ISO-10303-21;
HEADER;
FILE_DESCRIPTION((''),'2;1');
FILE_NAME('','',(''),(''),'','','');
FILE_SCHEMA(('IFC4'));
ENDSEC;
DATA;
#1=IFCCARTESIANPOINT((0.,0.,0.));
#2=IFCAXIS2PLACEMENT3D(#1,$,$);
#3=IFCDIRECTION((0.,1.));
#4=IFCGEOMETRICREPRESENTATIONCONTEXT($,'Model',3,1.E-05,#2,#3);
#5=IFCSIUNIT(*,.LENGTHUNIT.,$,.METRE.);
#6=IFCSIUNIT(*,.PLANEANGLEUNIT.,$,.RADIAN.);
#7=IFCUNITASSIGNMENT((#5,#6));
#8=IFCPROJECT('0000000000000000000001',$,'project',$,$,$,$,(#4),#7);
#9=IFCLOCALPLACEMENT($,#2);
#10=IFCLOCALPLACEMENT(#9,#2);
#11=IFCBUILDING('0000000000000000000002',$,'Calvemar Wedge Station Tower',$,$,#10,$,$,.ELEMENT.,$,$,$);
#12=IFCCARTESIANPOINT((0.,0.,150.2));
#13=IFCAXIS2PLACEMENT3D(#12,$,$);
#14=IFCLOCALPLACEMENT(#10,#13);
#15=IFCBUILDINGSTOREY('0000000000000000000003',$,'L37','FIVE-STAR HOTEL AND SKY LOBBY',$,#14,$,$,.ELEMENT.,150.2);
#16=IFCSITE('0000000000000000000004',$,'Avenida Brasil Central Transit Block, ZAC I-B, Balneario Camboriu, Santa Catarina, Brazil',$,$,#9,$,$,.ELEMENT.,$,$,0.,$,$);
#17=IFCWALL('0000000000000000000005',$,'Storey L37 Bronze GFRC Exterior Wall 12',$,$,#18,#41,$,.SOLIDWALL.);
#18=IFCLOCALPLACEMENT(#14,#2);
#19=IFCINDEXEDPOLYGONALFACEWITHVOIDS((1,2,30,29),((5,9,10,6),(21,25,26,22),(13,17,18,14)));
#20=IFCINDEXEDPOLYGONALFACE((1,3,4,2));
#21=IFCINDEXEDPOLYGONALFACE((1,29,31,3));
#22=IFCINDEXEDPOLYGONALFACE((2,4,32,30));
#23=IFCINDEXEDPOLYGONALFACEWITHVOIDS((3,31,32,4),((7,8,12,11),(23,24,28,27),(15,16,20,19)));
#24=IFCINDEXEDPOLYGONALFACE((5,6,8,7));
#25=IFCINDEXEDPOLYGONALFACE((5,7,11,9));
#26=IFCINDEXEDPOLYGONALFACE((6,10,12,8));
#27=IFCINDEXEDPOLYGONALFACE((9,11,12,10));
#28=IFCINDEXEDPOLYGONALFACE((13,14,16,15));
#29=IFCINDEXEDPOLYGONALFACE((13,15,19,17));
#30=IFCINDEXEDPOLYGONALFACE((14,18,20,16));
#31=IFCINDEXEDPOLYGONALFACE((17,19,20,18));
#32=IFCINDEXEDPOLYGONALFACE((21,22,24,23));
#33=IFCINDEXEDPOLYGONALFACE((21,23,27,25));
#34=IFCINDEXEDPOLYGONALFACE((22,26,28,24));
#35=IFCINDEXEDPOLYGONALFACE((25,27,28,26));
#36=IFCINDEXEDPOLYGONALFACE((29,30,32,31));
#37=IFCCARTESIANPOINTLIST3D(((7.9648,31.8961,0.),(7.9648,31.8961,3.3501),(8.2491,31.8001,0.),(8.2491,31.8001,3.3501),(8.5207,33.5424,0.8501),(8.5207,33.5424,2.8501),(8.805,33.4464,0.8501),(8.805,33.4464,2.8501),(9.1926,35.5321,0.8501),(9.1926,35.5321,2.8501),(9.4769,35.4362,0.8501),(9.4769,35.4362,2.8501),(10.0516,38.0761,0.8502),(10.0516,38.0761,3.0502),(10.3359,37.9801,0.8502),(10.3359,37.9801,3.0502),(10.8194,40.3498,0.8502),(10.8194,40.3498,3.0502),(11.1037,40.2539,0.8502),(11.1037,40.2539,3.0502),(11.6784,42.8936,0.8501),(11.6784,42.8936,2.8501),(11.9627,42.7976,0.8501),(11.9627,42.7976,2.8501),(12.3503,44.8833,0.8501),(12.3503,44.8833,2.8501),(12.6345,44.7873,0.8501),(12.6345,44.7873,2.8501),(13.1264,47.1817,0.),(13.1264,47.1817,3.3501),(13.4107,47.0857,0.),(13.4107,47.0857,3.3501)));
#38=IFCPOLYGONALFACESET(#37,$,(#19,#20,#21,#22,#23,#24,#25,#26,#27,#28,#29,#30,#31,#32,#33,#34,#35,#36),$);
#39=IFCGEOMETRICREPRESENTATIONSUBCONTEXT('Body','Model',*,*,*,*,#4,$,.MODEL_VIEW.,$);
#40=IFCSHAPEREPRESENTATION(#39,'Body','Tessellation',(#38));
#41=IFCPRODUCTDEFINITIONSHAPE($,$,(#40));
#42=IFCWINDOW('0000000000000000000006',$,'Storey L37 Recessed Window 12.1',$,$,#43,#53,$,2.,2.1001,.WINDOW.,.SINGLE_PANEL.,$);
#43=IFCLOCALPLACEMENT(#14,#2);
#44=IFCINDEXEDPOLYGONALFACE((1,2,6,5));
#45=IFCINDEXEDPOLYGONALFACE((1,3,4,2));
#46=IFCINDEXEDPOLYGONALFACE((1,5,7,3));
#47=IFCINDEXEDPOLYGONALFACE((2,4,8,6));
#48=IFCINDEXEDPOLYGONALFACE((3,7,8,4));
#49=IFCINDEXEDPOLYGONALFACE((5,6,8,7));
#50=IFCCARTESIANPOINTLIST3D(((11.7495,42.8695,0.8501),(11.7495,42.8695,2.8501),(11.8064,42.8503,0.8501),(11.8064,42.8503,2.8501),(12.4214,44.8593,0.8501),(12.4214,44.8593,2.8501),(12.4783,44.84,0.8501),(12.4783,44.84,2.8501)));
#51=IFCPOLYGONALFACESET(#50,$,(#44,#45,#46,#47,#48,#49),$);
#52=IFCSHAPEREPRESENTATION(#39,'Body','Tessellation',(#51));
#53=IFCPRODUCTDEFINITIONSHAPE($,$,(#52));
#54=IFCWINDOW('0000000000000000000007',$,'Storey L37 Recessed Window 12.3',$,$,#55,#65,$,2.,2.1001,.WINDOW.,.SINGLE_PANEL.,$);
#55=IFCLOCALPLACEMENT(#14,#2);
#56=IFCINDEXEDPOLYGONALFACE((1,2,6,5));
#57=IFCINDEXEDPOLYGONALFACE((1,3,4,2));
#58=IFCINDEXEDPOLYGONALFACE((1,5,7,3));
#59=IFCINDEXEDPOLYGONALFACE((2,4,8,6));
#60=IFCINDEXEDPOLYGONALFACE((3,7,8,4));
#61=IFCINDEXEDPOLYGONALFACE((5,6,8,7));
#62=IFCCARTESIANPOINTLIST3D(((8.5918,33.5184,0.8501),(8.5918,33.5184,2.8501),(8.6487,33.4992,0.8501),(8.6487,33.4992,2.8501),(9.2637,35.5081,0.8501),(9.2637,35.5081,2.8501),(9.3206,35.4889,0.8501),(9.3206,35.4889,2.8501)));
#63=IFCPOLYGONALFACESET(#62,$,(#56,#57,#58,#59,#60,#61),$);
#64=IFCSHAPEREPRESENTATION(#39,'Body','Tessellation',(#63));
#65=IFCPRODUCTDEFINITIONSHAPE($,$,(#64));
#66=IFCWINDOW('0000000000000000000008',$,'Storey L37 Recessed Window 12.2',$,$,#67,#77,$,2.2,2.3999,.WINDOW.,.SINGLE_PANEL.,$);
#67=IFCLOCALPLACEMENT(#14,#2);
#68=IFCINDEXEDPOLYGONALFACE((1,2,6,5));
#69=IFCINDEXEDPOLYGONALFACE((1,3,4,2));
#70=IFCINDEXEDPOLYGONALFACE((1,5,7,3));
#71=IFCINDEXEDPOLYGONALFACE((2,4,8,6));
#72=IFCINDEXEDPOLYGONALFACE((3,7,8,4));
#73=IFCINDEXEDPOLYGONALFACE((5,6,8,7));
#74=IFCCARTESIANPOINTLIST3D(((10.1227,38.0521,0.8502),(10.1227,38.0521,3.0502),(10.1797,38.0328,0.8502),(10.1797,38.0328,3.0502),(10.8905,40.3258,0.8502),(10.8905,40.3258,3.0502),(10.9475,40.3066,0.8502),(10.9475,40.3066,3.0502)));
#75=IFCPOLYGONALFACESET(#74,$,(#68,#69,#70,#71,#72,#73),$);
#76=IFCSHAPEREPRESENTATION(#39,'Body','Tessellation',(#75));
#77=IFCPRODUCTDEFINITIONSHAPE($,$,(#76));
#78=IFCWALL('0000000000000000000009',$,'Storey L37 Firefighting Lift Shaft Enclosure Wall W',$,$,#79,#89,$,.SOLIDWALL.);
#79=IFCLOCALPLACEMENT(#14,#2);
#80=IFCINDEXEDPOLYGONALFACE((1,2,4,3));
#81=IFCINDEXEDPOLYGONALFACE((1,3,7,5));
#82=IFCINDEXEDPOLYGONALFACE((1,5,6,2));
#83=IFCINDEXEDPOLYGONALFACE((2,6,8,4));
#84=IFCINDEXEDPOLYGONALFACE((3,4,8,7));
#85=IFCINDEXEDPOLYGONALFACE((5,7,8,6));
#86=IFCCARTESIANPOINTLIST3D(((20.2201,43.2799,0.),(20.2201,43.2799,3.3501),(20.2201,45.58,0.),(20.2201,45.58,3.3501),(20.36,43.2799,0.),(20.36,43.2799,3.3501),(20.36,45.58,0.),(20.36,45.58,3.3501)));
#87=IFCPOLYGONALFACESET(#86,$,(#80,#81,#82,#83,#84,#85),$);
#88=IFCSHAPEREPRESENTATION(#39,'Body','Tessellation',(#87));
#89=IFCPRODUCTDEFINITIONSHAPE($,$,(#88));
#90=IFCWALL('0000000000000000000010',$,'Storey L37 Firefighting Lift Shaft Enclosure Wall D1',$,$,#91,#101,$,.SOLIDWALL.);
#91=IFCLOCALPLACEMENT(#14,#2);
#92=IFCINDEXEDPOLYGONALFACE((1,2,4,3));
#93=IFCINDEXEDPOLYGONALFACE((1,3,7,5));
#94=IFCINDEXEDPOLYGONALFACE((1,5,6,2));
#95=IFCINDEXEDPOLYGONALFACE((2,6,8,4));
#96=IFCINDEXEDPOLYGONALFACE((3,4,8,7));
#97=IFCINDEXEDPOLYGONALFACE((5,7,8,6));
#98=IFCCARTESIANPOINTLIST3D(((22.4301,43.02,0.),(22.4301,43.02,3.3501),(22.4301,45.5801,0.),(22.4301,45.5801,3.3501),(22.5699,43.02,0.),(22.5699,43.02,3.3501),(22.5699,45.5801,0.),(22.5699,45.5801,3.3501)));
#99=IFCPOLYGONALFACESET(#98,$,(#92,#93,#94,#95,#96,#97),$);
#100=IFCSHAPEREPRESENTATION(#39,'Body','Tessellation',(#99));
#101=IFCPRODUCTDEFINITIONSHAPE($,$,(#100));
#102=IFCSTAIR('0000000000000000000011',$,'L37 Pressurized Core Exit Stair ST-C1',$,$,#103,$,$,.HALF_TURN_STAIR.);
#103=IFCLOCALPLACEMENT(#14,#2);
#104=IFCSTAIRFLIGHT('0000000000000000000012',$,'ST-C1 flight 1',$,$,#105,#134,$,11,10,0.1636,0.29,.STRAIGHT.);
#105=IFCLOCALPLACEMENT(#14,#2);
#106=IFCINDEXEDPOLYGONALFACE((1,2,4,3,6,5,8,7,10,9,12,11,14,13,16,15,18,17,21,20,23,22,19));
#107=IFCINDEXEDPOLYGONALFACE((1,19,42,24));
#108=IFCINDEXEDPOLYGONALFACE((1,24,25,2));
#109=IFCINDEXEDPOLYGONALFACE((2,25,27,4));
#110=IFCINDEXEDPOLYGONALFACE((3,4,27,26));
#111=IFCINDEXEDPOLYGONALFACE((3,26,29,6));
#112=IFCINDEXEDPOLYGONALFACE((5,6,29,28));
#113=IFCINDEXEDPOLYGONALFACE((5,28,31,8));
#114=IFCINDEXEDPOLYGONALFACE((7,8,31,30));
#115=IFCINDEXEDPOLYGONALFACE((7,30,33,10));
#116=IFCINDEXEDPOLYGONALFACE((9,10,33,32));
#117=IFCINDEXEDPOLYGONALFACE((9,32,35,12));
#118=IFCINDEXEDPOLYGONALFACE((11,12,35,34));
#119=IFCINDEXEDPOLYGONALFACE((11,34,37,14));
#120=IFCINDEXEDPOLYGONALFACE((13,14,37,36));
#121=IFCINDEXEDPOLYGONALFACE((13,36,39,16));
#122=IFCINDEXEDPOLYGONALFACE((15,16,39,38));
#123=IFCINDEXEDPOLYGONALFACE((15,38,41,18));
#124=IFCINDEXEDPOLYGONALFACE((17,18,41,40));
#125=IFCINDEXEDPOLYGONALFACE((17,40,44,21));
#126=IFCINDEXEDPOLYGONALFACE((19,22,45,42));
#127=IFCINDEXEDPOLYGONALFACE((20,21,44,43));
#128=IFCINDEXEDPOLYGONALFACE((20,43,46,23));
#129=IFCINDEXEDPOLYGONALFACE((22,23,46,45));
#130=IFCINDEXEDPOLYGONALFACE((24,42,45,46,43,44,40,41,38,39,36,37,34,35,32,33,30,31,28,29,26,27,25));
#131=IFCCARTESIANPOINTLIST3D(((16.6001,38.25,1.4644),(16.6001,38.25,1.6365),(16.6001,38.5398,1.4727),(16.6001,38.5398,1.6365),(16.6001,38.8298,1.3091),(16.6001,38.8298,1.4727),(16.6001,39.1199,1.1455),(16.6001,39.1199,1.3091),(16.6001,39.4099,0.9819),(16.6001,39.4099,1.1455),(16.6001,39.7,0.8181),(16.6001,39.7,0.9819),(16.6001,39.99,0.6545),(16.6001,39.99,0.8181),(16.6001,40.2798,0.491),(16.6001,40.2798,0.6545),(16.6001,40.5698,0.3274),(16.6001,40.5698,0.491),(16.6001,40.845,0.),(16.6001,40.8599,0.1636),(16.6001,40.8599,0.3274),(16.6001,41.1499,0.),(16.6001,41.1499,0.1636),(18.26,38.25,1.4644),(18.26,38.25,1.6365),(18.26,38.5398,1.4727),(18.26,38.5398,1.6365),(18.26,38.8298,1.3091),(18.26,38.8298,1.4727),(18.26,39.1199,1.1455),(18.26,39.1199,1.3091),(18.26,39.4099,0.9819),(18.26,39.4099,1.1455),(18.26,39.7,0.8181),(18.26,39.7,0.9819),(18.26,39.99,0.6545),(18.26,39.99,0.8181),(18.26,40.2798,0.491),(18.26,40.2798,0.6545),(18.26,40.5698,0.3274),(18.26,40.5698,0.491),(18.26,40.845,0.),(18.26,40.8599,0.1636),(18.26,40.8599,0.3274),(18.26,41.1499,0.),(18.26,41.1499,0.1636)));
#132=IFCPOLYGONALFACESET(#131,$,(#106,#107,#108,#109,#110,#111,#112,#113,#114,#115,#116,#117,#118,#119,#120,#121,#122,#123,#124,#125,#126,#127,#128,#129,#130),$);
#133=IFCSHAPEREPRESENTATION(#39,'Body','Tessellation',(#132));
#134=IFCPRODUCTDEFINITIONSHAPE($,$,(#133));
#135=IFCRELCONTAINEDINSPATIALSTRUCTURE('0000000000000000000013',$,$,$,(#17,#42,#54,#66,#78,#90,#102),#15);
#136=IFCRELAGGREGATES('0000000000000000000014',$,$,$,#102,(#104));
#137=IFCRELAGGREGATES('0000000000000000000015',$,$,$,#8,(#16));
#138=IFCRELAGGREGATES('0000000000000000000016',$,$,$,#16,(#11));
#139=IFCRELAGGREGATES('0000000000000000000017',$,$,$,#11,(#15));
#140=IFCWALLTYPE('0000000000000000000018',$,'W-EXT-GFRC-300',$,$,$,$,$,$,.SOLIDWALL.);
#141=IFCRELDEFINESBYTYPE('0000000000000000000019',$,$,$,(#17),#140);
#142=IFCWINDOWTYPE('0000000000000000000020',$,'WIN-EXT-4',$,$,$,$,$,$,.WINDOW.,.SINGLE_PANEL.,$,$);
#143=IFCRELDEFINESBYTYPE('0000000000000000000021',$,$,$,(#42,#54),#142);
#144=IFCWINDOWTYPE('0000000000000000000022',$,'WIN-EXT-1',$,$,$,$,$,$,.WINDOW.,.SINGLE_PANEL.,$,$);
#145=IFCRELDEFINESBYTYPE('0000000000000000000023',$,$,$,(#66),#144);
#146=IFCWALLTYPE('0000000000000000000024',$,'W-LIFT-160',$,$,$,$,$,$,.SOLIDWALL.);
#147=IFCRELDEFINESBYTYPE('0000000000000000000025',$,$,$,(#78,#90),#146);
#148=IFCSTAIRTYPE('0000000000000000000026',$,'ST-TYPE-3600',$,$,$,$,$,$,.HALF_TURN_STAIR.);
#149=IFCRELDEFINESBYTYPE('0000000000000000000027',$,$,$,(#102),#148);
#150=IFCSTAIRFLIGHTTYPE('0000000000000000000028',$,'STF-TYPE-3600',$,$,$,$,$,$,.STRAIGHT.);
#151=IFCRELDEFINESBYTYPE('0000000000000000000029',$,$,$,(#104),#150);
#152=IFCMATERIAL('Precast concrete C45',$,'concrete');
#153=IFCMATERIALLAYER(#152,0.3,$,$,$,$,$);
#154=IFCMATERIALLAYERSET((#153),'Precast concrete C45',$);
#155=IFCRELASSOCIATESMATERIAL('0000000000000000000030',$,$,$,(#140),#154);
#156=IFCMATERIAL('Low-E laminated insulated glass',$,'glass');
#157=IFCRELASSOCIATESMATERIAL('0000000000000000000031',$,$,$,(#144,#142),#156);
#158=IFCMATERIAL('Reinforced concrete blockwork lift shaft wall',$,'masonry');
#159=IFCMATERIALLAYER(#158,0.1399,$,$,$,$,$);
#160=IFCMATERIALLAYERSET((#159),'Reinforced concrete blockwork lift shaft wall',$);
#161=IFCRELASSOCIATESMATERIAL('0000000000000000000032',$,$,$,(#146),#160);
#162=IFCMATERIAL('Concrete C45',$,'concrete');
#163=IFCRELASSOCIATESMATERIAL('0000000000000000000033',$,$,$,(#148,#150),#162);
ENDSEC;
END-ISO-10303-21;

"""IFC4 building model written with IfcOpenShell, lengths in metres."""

from ifc_helpers import new_model, si_unit, direction, frame, frame_2d, origin, place, context, subcontext, project, spatial, polyline, rectangle, outline, extrude, source, transform, mapped, material, layer, layer_set, type_object, element, fill, aggregate, save


model = new_model("IFC4")

# Units and contexts
model_context = context("Model", 3, precision=1e-05, world=origin(), true_north=direction((0.0, 1.0)))
body_context = subcontext(model_context, "Body", "Model", "MODEL_VIEW")
ifc_project = project(units=[si_unit("LENGTHUNIT", "METRE"), si_unit("PLANEANGLEUNIT", "RADIAN")], contexts=[model_context])

# Site, building, storey
site_placement = place(None, origin())
site = spatial("IfcSite", under=ifc_project, at=site_placement, Name="Avenida Brasil Central Transit Block, ZAC I-B, Balneario Camboriu, Santa Catarina, Brazil", CompositionType="ELEMENT", RefElevation=0.0)
building_placement = place(site_placement, origin())
building = spatial("IfcBuilding", under=site, at=building_placement, Name="Calvemar Wedge Station Tower", CompositionType="ELEMENT")
storey_placement = place(building_placement, frame((0.0, 0.0, 150.2)))
storey = spatial("IfcBuildingStorey", under=building, at=storey_placement, Name="L37", Description="FIVE-STAR HOTEL AND SKY LOBBY", CompositionType="ELEMENT", Elevation=150.2)

# Wall, openings, windows
ifc_material_1 = material(Name="Precast concrete C45", Category="concrete")
ifc_layer_1 = layer(ifc_material_1, 0.3)
ifc_layer_set_1 = layer_set([ifc_layer_1], Name="Precast concrete C45")
wall_type_1 = type_object("IfcWallType", Name="W-EXT-GFRC-300", PredefinedType="SOLIDWALL", material=ifc_layer_set_1)
shared_shape_1 = source(origin(), body_context, "Body", "SweptSolid", [
    extrude(rectangle(XDim=2.3999, YDim=2.2, at=frame_2d((1.2, 1.1001))), frame((0.0, 0.1602, 0.0), z_axis=(0.0, -1.0, 0.0), x_axis=(1.0, 0.0, 0.0)), (0.0, 0.0, 1.0), 0.3201),
])
ifc_material_2 = material(Name="Low-E laminated insulated glass", Category="glass")
window_type_1 = type_object("IfcWindowType", Name="WIN-EXT-1", PartitioningType="SINGLE_PANEL", PredefinedType="WINDOW", material=ifc_material_2)
shared_shape_2 = source(origin(), body_context, "Body", "SweptSolid", [
    extrude(rectangle(XDim=2.3999, YDim=2.2, at=frame_2d((1.2, 1.1001))), frame((0.0, -0.0149, 0.0), z_axis=(0.0, -1.0, 0.0), x_axis=(1.0, 0.0, 0.0)), (0.0, 0.0, 1.0), 0.0601),
])
wall_1_placement = place(storey_placement, frame((13.2686, 47.1338, 0.0), z_axis=(0.0, 0.0, 1.0), x_axis=(-0.31993, -0.947441, 0.0)))
wall_1 = element("IfcWall", 1, at=wall_1_placement, inside=storey, type_object=wall_type_1, Name="Storey L37 Bronze GFRC Exterior Wall 12", PredefinedType="SOLIDWALL", context=body_context, shape_type="SweptSolid", body=[
    extrude(rectangle(XDim=16.1335, YDim=0.3, at=frame_2d((8.0669, 0.0))), origin(), (0.0, 0.0, 1.0), 3.3501),
])
shared_shape_3 = source(origin(), body_context, "Body", "SweptSolid", [
    extrude(rectangle(XDim=2.1001, YDim=2.0, at=frame_2d((1.05, 1.0))), frame((0.0, 0.1602, 0.0), z_axis=(0.0, -1.0, 0.0), x_axis=(1.0, 0.0, 0.0)), (0.0, 0.0, 1.0), 0.3201),
])
opening_1_placement = place(wall_1_placement, frame((2.426, 0.0, 0.8501)))
opening_1 = element("IfcOpeningElement", 2, at=opening_1_placement, cuts=wall_1, PredefinedType="OPENING", context=body_context, shape_type="MappedRepresentation", body=[
    mapped(shared_shape_3, transform((0.0, 0.0, 0.0), scale=1.0)),
])
opening_2_placement = place(wall_1_placement, frame((7.2109, 0.0, 0.8501)))
opening_2 = element("IfcOpeningElement", 3, at=opening_2_placement, cuts=wall_1, PredefinedType="OPENING", context=body_context, shape_type="MappedRepresentation", body=[
    mapped(shared_shape_1, transform((0.0, 0.0, 0.0), scale=1.0)),
])
opening_3_placement = place(wall_1_placement, frame((12.2959, 0.0, 0.8501)))
opening_3 = element("IfcOpeningElement", 4, at=opening_3_placement, cuts=wall_1, PredefinedType="OPENING", context=body_context, shape_type="MappedRepresentation", body=[
    mapped(shared_shape_3, transform((0.0, 0.0, 0.0), scale=1.0)),
])
window_type_2 = type_object("IfcWindowType", Name="WIN-EXT-4", PartitioningType="SINGLE_PANEL", PredefinedType="WINDOW", material=ifc_material_2)
shared_shape_4 = source(origin(), body_context, "Body", "SweptSolid", [
    extrude(rectangle(XDim=2.1001, YDim=2.0, at=frame_2d((1.05, 1.0))), frame((0.0, -0.0149, 0.0), z_axis=(0.0, -1.0, 0.0), x_axis=(1.0, 0.0, 0.0)), (0.0, 0.0, 1.0), 0.0601),
])
window_1_placement = place(opening_1_placement, origin())
window_1 = element("IfcWindow", 5, at=window_1_placement, inside=storey, type_object=window_type_2, Name="Storey L37 Recessed Window 12.1", OverallHeight=2.0, OverallWidth=2.1001, PartitioningType="SINGLE_PANEL", PredefinedType="WINDOW", context=body_context, shape_type="MappedRepresentation", body=[
    mapped(shared_shape_4, transform((0.0, 0.0, 0.0), scale=1.0)),
])
fill(opening_1, window_1)
window_2_placement = place(opening_3_placement, origin())
window_2 = element("IfcWindow", 6, at=window_2_placement, inside=storey, type_object=window_type_2, Name="Storey L37 Recessed Window 12.3", OverallHeight=2.0, OverallWidth=2.1001, PartitioningType="SINGLE_PANEL", PredefinedType="WINDOW", context=body_context, shape_type="MappedRepresentation", body=[
    mapped(shared_shape_4, transform((0.0, 0.0, 0.0), scale=1.0)),
])
fill(opening_3, window_2)
window_3_placement = place(opening_2_placement, origin())
window_3 = element("IfcWindow", 7, at=window_3_placement, inside=storey, type_object=window_type_1, Name="Storey L37 Recessed Window 12.2", OverallHeight=2.2, OverallWidth=2.3999, PartitioningType="SINGLE_PANEL", PredefinedType="WINDOW", context=body_context, shape_type="MappedRepresentation", body=[
    mapped(shared_shape_2, transform((0.0, 0.0, 0.0), scale=1.0)),
])
fill(opening_2, window_3)

# Shared definitions
ifc_material_3 = material(Name="Reinforced concrete blockwork lift shaft wall", Category="masonry")
ifc_layer_2 = layer(ifc_material_3, 0.1399)
ifc_layer_set_2 = layer_set([ifc_layer_2], Name="Reinforced concrete blockwork lift shaft wall")
wall_type_2 = type_object("IfcWallType", Name="W-LIFT-160", PredefinedType="SOLIDWALL", material=ifc_layer_set_2)

# Walls
wall_2_placement = place(storey_placement, frame((20.29, 43.28, 0.0), z_axis=(0.0, 0.0, 1.0), x_axis=(0.0, 1.0, 0.0)))
element("IfcWall", 8, at=wall_2_placement, inside=storey, type_object=wall_type_2, Name="Storey L37 Firefighting Lift Shaft Enclosure Wall W", PredefinedType="SOLIDWALL", context=body_context, shape_type="SweptSolid", body=[
    extrude(rectangle(XDim=2.3, YDim=0.1399, at=frame_2d((1.1499, 0.0))), origin(), (0.0, 0.0, 1.0), 3.3501),
])
wall_3_placement = place(storey_placement, frame((22.5, 43.02, 0.0), z_axis=(0.0, 0.0, 1.0), x_axis=(0.0, 1.0, 0.0)))
element("IfcWall", 9, at=wall_3_placement, inside=storey, type_object=wall_type_2, Name="Storey L37 Firefighting Lift Shaft Enclosure Wall D1", PredefinedType="SOLIDWALL", context=body_context, shape_type="SweptSolid", body=[
    extrude(rectangle(XDim=2.5601, YDim=0.1399, at=frame_2d((1.28, 0.0))), origin(), (0.0, 0.0, 1.0), 3.3501),
])

# Stair, stair flight
ifc_material_4 = material(Name="Concrete C45", Category="concrete")
stair_type = type_object("IfcStairType", Name="ST-TYPE-3600", PredefinedType="HALF_TURN_STAIR", material=ifc_material_4)
stair_placement = place(storey_placement, origin())
stair = element("IfcStair", 10, at=stair_placement, inside=storey, type_object=stair_type, Name="L37 Pressurized Core Exit Stair ST-C1", PredefinedType="HALF_TURN_STAIR")
stair_flight_type = type_object("IfcStairFlightType", Name="STF-TYPE-3600", PredefinedType="STRAIGHT", material=ifc_material_4)
stair_flight_placement = place(storey_placement, frame((17.4299, 41.1499, 0.0), z_axis=(0.0, 0.0, 1.0), x_axis=(0.0, -1.0, 0.0)))
stair_flight = element("IfcStairFlight", 11, at=stair_flight_placement, type_object=stair_flight_type, Name="ST-C1 flight 1", NumberOfRisers=11, NumberOfTreads=10, PredefinedType="STRAIGHT", RiserHeight=0.1636, TreadLength=0.29, context=body_context, shape_type="SweptSolid", body=[
    extrude(outline(polyline([(0.0, 0.0), (0.0, 0.1636), (0.29, 0.1636), (0.29, 0.3274), (0.5801, 0.3274), (0.5801, 0.491), (0.8701, 0.491), (0.8701, 0.6545), (1.1599, 0.6545), (1.1599, 0.8181), (1.45, 0.8181), (1.45, 0.9819), (1.74, 0.9819), (1.74, 1.1455), (2.03, 1.1455), (2.03, 1.3091), (2.3201, 1.3091), (2.3201, 1.4727), (2.6101, 1.4727), (2.6101, 1.6365), (2.8999, 1.6365), (2.8999, 1.8), (2.8999, 1.4644), (0.3049, 0.0), (0.0, 0.0)])), frame((0.0, 0.8301, 0.0), z_axis=(0.0, -1.0, 0.0), x_axis=(1.0, 0.0, 0.0)), (0.0, 0.0, 1.0), 1.6599),
])
aggregate(stair, [stair_flight])

save(model, "model.ifc")
